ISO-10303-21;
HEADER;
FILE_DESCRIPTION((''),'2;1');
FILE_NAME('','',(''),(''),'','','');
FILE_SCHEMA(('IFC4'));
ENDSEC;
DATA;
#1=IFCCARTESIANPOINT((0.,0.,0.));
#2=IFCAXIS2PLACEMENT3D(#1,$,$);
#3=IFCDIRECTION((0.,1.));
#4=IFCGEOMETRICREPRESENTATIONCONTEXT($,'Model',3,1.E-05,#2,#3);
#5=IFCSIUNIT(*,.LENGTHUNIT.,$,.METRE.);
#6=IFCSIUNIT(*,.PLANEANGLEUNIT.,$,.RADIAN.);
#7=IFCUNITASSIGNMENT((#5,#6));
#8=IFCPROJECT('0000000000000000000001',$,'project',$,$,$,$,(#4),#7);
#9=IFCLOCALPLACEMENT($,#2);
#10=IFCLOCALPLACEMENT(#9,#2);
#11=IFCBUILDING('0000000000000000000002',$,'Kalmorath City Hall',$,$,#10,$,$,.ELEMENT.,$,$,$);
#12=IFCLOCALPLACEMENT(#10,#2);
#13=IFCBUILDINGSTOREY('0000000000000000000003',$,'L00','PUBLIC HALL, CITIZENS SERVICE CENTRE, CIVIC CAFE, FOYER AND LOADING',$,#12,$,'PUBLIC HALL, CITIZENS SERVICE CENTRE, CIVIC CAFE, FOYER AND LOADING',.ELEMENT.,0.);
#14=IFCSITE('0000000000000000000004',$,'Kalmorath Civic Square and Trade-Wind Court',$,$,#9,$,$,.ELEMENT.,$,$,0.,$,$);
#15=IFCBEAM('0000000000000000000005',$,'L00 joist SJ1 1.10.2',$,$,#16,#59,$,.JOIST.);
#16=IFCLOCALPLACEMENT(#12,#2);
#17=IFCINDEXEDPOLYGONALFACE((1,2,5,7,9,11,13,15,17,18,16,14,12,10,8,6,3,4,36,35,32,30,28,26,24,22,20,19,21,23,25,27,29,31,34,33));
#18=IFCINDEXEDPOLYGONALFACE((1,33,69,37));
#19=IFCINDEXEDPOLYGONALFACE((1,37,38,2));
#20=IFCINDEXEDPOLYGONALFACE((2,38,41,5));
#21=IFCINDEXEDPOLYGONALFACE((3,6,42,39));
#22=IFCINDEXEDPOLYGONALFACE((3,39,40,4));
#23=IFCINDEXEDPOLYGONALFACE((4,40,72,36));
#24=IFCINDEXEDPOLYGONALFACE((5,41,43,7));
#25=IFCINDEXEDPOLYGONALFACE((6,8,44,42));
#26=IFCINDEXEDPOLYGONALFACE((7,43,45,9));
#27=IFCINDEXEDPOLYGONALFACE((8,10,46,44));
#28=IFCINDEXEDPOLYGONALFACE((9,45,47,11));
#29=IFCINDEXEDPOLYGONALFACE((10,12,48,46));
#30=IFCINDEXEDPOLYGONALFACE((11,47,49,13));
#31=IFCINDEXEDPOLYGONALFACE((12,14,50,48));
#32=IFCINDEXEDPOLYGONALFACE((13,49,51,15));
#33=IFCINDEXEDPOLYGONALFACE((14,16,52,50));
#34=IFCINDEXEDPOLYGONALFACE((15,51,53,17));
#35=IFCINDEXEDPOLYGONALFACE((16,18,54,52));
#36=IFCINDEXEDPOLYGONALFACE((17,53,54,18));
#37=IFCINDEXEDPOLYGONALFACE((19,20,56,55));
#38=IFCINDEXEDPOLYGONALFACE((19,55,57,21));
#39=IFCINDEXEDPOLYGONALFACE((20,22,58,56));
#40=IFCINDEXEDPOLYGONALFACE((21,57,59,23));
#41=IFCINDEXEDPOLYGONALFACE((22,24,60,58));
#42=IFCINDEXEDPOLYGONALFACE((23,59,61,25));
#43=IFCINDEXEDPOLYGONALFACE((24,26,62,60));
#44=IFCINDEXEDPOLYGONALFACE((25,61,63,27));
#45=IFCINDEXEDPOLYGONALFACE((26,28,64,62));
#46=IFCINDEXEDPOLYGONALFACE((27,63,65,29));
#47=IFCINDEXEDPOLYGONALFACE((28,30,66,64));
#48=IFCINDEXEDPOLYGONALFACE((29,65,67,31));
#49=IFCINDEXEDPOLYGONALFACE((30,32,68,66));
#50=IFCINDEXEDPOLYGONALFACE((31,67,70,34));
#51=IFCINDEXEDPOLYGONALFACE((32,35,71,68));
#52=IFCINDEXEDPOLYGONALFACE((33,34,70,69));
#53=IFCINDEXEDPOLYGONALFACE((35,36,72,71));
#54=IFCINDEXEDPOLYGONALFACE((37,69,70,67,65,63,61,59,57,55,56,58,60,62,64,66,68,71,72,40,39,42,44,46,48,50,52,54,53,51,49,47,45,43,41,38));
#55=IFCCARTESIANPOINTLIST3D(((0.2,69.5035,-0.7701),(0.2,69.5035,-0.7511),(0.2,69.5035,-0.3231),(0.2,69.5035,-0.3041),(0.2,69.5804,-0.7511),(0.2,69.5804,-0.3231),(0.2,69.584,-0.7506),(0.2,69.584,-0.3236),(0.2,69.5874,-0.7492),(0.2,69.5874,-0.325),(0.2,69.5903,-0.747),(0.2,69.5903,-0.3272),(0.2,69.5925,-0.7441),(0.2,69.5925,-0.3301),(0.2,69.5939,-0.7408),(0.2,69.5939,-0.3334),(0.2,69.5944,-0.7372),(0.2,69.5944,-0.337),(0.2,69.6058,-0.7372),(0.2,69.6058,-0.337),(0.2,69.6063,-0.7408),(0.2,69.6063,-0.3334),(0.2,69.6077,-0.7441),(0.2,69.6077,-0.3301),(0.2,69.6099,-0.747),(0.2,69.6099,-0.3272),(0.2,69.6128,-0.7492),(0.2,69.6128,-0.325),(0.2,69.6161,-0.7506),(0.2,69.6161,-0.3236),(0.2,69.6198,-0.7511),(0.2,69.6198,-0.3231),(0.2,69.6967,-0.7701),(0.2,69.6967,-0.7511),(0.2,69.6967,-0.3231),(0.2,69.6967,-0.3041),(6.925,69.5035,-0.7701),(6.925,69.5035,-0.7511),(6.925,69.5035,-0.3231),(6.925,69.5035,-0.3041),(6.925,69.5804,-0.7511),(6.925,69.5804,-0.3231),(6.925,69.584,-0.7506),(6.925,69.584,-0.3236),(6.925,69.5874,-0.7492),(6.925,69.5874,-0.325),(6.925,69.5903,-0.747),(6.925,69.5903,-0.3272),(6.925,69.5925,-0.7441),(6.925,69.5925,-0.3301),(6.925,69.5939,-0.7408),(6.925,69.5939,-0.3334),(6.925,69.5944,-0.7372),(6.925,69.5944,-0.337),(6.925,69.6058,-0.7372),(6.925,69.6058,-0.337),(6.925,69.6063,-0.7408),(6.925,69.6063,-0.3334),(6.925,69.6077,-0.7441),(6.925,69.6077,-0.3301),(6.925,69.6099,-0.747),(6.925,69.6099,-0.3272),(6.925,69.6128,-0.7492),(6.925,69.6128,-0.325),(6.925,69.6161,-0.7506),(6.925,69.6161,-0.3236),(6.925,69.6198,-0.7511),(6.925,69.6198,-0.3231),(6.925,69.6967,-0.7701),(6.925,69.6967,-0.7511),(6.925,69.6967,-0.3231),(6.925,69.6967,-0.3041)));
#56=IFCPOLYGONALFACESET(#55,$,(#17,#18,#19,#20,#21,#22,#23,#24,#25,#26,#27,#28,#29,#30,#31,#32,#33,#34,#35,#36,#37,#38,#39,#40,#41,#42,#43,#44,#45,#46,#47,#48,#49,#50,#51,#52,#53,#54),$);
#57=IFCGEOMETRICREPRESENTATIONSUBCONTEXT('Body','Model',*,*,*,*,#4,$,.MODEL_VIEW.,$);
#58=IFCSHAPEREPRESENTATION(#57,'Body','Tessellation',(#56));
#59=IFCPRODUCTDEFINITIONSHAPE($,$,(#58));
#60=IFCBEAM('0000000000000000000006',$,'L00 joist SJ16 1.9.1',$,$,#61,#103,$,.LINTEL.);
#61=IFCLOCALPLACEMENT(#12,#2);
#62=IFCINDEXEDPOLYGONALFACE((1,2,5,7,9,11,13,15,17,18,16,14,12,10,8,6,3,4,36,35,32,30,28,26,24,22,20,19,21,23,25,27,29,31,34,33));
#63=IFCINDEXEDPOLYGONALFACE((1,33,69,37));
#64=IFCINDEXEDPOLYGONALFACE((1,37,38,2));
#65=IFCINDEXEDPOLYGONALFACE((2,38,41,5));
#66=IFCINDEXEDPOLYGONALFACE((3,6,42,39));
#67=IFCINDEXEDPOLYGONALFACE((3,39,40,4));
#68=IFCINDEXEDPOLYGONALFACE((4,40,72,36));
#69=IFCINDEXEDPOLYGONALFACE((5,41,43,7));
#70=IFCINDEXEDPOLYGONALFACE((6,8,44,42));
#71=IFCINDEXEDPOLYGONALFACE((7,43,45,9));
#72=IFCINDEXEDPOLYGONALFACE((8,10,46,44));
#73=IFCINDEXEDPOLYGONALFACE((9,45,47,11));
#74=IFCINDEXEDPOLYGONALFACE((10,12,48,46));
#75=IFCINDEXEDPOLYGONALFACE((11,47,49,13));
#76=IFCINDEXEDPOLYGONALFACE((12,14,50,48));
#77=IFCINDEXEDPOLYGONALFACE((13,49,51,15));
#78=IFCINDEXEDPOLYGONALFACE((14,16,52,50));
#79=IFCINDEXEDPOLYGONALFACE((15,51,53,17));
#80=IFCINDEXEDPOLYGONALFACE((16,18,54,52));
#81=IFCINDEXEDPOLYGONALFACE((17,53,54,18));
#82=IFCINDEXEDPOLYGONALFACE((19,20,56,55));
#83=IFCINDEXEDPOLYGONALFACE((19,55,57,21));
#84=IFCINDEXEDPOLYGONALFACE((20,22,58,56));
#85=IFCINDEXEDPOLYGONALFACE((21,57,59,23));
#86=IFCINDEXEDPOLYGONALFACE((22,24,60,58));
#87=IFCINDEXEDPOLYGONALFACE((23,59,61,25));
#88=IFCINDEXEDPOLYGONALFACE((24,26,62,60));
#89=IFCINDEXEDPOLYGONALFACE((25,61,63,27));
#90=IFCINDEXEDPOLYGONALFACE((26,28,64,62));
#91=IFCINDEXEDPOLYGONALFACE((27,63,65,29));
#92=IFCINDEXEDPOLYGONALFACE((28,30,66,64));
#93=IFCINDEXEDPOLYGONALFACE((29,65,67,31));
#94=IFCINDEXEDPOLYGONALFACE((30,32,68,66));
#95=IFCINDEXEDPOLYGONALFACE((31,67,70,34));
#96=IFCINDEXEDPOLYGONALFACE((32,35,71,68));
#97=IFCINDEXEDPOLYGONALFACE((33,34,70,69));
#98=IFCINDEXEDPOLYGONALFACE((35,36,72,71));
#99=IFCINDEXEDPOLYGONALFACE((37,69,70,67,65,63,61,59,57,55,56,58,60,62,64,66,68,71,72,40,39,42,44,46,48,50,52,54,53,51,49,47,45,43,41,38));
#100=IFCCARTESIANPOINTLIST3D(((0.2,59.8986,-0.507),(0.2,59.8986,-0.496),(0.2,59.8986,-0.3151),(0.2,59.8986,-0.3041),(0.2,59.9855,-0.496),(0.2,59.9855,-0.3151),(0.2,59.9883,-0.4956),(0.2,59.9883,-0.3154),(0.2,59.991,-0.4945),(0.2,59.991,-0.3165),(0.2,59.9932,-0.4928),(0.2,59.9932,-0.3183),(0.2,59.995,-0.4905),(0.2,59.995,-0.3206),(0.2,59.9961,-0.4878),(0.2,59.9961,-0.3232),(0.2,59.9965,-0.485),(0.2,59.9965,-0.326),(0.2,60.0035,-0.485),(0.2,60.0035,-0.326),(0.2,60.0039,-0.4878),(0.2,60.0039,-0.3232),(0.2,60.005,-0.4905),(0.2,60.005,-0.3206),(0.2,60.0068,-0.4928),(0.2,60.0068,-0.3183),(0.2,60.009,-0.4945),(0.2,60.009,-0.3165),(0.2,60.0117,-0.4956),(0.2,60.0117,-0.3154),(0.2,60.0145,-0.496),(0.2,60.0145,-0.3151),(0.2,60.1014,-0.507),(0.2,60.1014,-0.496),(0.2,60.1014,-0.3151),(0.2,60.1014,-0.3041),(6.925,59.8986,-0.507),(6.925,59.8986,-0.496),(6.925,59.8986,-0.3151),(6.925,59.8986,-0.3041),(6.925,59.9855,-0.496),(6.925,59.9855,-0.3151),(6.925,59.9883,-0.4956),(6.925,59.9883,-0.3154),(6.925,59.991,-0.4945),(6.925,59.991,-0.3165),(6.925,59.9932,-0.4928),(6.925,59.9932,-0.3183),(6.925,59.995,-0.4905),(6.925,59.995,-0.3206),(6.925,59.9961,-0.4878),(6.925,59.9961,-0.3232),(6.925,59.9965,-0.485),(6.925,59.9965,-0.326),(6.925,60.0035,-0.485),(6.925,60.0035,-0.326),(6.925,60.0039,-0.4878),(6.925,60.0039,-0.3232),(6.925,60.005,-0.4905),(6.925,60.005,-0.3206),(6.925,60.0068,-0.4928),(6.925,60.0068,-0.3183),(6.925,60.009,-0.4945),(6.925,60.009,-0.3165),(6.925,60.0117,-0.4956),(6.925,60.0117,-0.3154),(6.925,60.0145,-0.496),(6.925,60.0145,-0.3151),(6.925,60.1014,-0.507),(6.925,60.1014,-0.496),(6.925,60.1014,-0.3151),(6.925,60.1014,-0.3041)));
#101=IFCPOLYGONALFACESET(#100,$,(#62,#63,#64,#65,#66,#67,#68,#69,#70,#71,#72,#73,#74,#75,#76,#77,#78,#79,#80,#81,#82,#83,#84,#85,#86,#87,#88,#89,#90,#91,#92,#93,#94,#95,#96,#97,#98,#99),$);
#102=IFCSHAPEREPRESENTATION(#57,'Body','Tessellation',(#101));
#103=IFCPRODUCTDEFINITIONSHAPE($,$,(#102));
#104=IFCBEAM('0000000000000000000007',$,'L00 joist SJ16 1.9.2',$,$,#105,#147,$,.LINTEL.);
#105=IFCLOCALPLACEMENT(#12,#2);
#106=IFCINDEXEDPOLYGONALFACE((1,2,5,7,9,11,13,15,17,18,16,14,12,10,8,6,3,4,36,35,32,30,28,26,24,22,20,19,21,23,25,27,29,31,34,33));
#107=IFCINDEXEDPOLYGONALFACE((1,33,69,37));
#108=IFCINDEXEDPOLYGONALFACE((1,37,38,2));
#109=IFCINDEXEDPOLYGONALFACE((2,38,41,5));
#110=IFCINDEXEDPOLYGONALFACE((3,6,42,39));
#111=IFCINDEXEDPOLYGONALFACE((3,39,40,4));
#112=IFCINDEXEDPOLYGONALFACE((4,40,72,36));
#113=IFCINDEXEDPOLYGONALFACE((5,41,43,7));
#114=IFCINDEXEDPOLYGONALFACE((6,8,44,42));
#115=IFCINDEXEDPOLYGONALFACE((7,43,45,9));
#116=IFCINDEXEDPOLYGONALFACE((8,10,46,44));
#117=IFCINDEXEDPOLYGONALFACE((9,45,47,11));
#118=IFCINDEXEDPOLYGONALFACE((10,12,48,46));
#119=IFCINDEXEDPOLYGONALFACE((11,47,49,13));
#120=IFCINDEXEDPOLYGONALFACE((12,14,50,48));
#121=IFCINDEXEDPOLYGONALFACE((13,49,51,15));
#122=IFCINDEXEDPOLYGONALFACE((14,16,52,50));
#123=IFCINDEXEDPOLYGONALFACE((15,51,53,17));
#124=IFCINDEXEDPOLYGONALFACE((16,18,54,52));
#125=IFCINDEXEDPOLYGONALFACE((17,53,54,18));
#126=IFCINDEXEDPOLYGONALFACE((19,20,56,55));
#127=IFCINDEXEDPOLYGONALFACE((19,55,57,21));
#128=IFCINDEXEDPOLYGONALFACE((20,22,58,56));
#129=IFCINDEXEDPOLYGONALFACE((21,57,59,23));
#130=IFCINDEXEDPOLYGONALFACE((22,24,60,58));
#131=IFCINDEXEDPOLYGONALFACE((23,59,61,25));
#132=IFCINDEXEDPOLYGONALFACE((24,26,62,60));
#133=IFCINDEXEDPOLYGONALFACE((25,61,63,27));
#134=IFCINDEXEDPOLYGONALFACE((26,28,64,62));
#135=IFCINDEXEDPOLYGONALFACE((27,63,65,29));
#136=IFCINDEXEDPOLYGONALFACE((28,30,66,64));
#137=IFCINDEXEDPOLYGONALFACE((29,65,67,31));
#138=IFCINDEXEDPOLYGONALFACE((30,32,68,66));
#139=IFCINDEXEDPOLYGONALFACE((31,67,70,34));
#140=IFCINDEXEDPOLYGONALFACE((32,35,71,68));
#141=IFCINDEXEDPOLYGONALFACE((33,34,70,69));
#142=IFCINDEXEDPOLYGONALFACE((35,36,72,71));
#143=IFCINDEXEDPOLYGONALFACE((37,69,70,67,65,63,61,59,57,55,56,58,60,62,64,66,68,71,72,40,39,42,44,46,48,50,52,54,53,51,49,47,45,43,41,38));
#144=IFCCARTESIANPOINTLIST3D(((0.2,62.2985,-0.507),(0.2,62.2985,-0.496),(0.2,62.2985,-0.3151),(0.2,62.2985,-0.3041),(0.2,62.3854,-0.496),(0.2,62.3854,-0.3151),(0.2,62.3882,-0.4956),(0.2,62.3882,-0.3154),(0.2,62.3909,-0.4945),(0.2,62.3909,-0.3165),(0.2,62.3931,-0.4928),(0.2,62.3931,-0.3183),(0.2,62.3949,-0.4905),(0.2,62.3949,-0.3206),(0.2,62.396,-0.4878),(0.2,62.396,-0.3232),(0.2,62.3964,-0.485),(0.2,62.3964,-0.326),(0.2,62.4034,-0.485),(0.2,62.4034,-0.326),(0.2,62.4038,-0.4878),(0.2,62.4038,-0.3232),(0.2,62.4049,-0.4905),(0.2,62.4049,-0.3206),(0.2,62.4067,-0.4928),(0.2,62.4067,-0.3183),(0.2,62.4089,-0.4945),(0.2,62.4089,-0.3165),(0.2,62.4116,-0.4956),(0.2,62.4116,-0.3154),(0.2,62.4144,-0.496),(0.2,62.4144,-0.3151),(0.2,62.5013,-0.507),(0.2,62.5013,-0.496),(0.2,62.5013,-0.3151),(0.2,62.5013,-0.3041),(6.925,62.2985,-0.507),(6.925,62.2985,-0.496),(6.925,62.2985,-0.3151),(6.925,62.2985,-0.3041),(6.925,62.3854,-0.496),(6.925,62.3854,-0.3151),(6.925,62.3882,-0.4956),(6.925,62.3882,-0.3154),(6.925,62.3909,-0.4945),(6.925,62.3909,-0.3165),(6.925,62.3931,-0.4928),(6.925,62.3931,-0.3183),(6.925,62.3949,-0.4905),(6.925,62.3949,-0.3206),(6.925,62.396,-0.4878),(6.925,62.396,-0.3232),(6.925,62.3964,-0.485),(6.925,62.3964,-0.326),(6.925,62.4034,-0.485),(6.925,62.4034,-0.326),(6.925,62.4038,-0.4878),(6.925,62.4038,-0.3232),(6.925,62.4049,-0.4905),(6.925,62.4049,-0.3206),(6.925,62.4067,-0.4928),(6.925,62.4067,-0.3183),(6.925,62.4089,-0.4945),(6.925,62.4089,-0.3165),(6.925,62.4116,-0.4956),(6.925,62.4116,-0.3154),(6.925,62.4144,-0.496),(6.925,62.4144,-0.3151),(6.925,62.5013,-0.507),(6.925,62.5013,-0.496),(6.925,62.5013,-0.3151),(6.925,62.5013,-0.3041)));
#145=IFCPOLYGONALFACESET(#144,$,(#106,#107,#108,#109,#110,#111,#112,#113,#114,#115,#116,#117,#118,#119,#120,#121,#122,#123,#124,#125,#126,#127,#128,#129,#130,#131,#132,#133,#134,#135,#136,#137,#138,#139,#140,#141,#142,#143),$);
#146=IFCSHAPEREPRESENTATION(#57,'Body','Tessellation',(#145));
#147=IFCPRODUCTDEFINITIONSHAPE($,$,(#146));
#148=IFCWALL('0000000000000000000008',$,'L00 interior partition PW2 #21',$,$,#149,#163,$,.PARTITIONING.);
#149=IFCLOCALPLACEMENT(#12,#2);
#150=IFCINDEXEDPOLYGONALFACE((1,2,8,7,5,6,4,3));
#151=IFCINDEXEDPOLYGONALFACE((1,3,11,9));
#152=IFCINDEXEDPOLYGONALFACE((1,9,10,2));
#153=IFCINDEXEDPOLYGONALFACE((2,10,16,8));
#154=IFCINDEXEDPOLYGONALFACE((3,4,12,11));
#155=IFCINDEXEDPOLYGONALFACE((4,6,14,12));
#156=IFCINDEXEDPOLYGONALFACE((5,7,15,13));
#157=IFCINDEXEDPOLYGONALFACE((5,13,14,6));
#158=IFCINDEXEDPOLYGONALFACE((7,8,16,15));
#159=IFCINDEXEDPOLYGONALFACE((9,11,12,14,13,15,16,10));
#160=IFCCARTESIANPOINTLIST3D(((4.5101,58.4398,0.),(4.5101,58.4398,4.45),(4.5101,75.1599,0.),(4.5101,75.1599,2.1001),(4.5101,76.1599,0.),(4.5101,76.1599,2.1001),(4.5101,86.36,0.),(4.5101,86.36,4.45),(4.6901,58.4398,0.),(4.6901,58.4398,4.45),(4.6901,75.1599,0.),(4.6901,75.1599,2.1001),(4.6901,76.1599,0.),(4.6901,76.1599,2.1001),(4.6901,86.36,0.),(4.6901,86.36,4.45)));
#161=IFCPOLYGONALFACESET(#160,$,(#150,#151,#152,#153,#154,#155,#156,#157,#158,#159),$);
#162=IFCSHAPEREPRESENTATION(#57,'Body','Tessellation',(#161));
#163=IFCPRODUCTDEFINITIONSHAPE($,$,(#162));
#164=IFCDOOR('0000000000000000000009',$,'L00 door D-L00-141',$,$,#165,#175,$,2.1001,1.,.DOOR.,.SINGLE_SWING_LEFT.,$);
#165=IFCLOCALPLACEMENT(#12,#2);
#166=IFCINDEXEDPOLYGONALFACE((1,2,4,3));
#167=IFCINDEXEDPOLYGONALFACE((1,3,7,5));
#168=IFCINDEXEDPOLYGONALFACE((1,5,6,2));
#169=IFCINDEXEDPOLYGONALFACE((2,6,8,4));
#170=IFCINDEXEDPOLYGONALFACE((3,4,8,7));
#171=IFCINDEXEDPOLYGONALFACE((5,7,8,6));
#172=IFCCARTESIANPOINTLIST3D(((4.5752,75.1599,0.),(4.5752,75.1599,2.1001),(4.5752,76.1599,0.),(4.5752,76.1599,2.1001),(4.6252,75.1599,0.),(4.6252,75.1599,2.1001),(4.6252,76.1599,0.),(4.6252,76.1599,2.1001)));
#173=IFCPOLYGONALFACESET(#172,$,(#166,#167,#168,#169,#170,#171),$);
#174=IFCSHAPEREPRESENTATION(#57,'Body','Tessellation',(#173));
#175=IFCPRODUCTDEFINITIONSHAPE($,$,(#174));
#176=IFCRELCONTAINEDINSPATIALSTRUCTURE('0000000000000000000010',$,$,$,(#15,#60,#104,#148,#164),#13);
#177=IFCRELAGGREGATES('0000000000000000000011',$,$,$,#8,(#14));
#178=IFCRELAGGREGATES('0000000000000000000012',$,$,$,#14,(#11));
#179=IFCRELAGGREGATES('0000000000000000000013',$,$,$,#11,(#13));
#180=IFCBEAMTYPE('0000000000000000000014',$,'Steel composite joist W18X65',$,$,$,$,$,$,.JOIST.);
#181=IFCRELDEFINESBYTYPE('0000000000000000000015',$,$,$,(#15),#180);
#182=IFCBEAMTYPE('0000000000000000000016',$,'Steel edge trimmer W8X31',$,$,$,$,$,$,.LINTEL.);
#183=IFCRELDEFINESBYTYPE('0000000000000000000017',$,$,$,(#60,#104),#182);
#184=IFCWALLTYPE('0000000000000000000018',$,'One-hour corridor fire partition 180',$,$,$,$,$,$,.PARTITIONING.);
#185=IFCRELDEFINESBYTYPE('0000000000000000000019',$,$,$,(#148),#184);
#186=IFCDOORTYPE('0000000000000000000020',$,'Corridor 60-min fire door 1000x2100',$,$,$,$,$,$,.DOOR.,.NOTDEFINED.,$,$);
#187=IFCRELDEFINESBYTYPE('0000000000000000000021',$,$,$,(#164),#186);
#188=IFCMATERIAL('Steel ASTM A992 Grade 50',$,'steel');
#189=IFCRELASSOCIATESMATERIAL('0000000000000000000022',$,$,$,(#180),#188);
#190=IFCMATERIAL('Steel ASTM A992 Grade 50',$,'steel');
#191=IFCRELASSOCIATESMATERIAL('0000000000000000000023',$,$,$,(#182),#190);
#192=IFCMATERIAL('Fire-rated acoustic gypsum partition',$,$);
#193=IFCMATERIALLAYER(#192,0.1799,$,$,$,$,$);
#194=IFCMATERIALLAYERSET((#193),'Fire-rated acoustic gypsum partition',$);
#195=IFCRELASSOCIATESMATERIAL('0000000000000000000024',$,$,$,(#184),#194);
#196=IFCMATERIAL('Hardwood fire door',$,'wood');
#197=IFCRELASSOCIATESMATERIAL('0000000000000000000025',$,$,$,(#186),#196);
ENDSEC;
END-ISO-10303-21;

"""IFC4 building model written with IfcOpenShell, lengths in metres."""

from ifc_helpers import new_model, si_unit, direction, frame, frame_2d, origin, origin_2d, place, context, subcontext, project, spatial, rectangle, i_section, extrude, material, layer, layer_set, material_profile, profile_set, type_object, element, fill, save


model = new_model("IFC4")

# Units and contexts
model_context = context("Model", 3, precision=1e-05, world=origin(), true_north=direction((0.0, 1.0)))
body_context = subcontext(model_context, "Body", "Model", "MODEL_VIEW")
ifc_project = project(units=[si_unit("LENGTHUNIT", "METRE"), si_unit("PLANEANGLEUNIT", "RADIAN")], contexts=[model_context])

# Site, building, storey
site_placement = place(None, origin())
site = spatial("IfcSite", under=ifc_project, at=site_placement, Name="Kalmorath Civic Square and Trade-Wind Court", CompositionType="ELEMENT", RefElevation=0.0)
building_placement = place(site_placement, origin())
building = spatial("IfcBuilding", under=site, at=building_placement, Name="Kalmorath City Hall", CompositionType="ELEMENT")
storey_placement = place(building_placement, origin())
storey = spatial("IfcBuildingStorey", under=building, at=storey_placement, Name="L00", Description="PUBLIC HALL, CITIZENS SERVICE CENTRE, CIVIC CAFE, FOYER AND LOADING", LongName="PUBLIC HALL, CITIZENS SERVICE CENTRE, CIVIC CAFE, FOYER AND LOADING", CompositionType="ELEMENT", Elevation=0.0)

# Beams
ifc_material_1 = material(Name="Steel ASTM A992 Grade 50", Category="steel")
ifc_material_profile_1 = material_profile(ifc_material_1, i_section(OverallWidth=0.1931, OverallDepth=0.4661, WebThickness=0.0115, FlangeThickness=0.019, FilletRadius=0.0139, at=origin_2d()), Name="W18X65")
ifc_profile_set_1 = profile_set([ifc_material_profile_1], Name="Steel ASTM A992 Grade 50")
beam_type_1 = type_object("IfcBeamType", Name="Steel composite joist W18X65", PredefinedType="JOIST", material=ifc_profile_set_1)
for number, where, z_axis, x_axis, name in (
    (1, (0.2, 69.6001, -0.5371), (1.0, 0.0, 0.0), (0.0, 1.0, 0.0), "L00 joist SJ1 1.10.2"),
):
    element("IfcBeam", number, at=place(storey_placement, frame(where, z_axis=z_axis, x_axis=x_axis)), inside=storey, type_object=beam_type_1, Name=name, PredefinedType="JOIST", context=body_context, shape_type="SweptSolid", body=[
        extrude(i_section(OverallWidth=0.1931, OverallDepth=0.4661, WebThickness=0.0115, FlangeThickness=0.019, FilletRadius=0.0139, at=origin_2d()), origin(), (0.0, 0.0, 1.0), 6.7251),
    ])
ifc_material_2 = material(Name="Steel ASTM A992 Grade 50", Category="steel")
ifc_material_profile_2 = material_profile(ifc_material_2, i_section(OverallWidth=0.2029, OverallDepth=0.2029, WebThickness=0.0071, FlangeThickness=0.011, FilletRadius=0.011, at=origin_2d()), Name="W8X31")
ifc_profile_set_2 = profile_set([ifc_material_profile_2], Name="Steel ASTM A992 Grade 50")
beam_type_2 = type_object("IfcBeamType", Name="Steel edge trimmer W8X31", PredefinedType="LINTEL", material=ifc_profile_set_2)
for number, where, z_axis, x_axis, name in (
    (2, (0.2, 60.0, -0.4055), (1.0, 0.0, 0.0), (0.0, 1.0, 0.0), "L00 joist SJ16 1.9.1"),
    (3, (0.2, 62.3999, -0.4055), (1.0, 0.0, 0.0), (0.0, 1.0, 0.0), "L00 joist SJ16 1.9.2"),
):
    element("IfcBeam", number, at=place(storey_placement, frame(where, z_axis=z_axis, x_axis=x_axis)), inside=storey, type_object=beam_type_2, Name=name, PredefinedType="LINTEL", context=body_context, shape_type="SweptSolid", body=[
        extrude(i_section(OverallWidth=0.2029, OverallDepth=0.2029, WebThickness=0.0071, FlangeThickness=0.011, FilletRadius=0.011, at=origin_2d()), origin(), (0.0, 0.0, 1.0), 6.7251),
    ])

# Wall, opening, door
ifc_material_3 = material(Name="Fire-rated acoustic gypsum partition")
ifc_layer_1 = layer(ifc_material_3, 0.1799)
ifc_layer_set_1 = layer_set([ifc_layer_1], Name="Fire-rated acoustic gypsum partition")
wall_type_1 = type_object("IfcWallType", Name="One-hour corridor fire partition 180", PredefinedType="PARTITIONING", material=ifc_layer_set_1)
wall_1_placement = place(storey_placement, frame((4.6001, 58.4399, 0.0), z_axis=(0.0, 0.0, 1.0), x_axis=(0.0, 1.0, 0.0)))
wall_1 = element("IfcWall", 4, at=wall_1_placement, inside=storey, type_object=wall_type_1, Name="L00 interior partition PW2 #21", PredefinedType="PARTITIONING", context=body_context, shape_type="SweptSolid", body=[
    extrude(rectangle(XDim=27.9202, YDim=0.1799, at=frame_2d((13.96, 0.0))), origin(), (0.0, 0.0, 1.0), 4.45),
])
opening_1_placement = place(wall_1_placement, frame((16.72, 0.0, 0.0)))
opening_1 = element("IfcOpeningElement", 5, at=opening_1_placement, cuts=wall_1, PredefinedType="OPENING", context=body_context, shape_type="SweptSolid", body=[
    extrude(rectangle(XDim=1.0, YDim=2.1001, at=frame_2d((0.5, 1.05))), frame((0.0, 0.0999, 0.0), z_axis=(0.0, -1.0, 0.0), x_axis=(1.0, 0.0, 0.0)), (0.0, 0.0, 1.0), 0.2),
])
ifc_material_4 = material(Name="Hardwood fire door", Category="wood")
door_type = type_object("IfcDoorType", Name="Corridor 60-min fire door 1000x2100", OperationType="NOTDEFINED", PredefinedType="DOOR", material=ifc_material_4)
door_placement = place(opening_1_placement, origin())
door = element("IfcDoor", 6, at=door_placement, inside=storey, type_object=door_type, Name="L00 door D-L00-141", OperationType="SINGLE_SWING_LEFT", OverallHeight=2.1001, OverallWidth=1.0, PredefinedType="DOOR", context=body_context, shape_type="SweptSolid", body=[
    extrude(rectangle(XDim=1.0, YDim=2.1001, at=frame_2d((0.5, 1.05))), frame((0.0, 0.0249, 0.0), z_axis=(0.0, -1.0, 0.0), x_axis=(1.0, 0.0, 0.0)), (0.0, 0.0, 1.0), 0.05),
])
fill(opening_1, door)

save(model, "model.ifc")
